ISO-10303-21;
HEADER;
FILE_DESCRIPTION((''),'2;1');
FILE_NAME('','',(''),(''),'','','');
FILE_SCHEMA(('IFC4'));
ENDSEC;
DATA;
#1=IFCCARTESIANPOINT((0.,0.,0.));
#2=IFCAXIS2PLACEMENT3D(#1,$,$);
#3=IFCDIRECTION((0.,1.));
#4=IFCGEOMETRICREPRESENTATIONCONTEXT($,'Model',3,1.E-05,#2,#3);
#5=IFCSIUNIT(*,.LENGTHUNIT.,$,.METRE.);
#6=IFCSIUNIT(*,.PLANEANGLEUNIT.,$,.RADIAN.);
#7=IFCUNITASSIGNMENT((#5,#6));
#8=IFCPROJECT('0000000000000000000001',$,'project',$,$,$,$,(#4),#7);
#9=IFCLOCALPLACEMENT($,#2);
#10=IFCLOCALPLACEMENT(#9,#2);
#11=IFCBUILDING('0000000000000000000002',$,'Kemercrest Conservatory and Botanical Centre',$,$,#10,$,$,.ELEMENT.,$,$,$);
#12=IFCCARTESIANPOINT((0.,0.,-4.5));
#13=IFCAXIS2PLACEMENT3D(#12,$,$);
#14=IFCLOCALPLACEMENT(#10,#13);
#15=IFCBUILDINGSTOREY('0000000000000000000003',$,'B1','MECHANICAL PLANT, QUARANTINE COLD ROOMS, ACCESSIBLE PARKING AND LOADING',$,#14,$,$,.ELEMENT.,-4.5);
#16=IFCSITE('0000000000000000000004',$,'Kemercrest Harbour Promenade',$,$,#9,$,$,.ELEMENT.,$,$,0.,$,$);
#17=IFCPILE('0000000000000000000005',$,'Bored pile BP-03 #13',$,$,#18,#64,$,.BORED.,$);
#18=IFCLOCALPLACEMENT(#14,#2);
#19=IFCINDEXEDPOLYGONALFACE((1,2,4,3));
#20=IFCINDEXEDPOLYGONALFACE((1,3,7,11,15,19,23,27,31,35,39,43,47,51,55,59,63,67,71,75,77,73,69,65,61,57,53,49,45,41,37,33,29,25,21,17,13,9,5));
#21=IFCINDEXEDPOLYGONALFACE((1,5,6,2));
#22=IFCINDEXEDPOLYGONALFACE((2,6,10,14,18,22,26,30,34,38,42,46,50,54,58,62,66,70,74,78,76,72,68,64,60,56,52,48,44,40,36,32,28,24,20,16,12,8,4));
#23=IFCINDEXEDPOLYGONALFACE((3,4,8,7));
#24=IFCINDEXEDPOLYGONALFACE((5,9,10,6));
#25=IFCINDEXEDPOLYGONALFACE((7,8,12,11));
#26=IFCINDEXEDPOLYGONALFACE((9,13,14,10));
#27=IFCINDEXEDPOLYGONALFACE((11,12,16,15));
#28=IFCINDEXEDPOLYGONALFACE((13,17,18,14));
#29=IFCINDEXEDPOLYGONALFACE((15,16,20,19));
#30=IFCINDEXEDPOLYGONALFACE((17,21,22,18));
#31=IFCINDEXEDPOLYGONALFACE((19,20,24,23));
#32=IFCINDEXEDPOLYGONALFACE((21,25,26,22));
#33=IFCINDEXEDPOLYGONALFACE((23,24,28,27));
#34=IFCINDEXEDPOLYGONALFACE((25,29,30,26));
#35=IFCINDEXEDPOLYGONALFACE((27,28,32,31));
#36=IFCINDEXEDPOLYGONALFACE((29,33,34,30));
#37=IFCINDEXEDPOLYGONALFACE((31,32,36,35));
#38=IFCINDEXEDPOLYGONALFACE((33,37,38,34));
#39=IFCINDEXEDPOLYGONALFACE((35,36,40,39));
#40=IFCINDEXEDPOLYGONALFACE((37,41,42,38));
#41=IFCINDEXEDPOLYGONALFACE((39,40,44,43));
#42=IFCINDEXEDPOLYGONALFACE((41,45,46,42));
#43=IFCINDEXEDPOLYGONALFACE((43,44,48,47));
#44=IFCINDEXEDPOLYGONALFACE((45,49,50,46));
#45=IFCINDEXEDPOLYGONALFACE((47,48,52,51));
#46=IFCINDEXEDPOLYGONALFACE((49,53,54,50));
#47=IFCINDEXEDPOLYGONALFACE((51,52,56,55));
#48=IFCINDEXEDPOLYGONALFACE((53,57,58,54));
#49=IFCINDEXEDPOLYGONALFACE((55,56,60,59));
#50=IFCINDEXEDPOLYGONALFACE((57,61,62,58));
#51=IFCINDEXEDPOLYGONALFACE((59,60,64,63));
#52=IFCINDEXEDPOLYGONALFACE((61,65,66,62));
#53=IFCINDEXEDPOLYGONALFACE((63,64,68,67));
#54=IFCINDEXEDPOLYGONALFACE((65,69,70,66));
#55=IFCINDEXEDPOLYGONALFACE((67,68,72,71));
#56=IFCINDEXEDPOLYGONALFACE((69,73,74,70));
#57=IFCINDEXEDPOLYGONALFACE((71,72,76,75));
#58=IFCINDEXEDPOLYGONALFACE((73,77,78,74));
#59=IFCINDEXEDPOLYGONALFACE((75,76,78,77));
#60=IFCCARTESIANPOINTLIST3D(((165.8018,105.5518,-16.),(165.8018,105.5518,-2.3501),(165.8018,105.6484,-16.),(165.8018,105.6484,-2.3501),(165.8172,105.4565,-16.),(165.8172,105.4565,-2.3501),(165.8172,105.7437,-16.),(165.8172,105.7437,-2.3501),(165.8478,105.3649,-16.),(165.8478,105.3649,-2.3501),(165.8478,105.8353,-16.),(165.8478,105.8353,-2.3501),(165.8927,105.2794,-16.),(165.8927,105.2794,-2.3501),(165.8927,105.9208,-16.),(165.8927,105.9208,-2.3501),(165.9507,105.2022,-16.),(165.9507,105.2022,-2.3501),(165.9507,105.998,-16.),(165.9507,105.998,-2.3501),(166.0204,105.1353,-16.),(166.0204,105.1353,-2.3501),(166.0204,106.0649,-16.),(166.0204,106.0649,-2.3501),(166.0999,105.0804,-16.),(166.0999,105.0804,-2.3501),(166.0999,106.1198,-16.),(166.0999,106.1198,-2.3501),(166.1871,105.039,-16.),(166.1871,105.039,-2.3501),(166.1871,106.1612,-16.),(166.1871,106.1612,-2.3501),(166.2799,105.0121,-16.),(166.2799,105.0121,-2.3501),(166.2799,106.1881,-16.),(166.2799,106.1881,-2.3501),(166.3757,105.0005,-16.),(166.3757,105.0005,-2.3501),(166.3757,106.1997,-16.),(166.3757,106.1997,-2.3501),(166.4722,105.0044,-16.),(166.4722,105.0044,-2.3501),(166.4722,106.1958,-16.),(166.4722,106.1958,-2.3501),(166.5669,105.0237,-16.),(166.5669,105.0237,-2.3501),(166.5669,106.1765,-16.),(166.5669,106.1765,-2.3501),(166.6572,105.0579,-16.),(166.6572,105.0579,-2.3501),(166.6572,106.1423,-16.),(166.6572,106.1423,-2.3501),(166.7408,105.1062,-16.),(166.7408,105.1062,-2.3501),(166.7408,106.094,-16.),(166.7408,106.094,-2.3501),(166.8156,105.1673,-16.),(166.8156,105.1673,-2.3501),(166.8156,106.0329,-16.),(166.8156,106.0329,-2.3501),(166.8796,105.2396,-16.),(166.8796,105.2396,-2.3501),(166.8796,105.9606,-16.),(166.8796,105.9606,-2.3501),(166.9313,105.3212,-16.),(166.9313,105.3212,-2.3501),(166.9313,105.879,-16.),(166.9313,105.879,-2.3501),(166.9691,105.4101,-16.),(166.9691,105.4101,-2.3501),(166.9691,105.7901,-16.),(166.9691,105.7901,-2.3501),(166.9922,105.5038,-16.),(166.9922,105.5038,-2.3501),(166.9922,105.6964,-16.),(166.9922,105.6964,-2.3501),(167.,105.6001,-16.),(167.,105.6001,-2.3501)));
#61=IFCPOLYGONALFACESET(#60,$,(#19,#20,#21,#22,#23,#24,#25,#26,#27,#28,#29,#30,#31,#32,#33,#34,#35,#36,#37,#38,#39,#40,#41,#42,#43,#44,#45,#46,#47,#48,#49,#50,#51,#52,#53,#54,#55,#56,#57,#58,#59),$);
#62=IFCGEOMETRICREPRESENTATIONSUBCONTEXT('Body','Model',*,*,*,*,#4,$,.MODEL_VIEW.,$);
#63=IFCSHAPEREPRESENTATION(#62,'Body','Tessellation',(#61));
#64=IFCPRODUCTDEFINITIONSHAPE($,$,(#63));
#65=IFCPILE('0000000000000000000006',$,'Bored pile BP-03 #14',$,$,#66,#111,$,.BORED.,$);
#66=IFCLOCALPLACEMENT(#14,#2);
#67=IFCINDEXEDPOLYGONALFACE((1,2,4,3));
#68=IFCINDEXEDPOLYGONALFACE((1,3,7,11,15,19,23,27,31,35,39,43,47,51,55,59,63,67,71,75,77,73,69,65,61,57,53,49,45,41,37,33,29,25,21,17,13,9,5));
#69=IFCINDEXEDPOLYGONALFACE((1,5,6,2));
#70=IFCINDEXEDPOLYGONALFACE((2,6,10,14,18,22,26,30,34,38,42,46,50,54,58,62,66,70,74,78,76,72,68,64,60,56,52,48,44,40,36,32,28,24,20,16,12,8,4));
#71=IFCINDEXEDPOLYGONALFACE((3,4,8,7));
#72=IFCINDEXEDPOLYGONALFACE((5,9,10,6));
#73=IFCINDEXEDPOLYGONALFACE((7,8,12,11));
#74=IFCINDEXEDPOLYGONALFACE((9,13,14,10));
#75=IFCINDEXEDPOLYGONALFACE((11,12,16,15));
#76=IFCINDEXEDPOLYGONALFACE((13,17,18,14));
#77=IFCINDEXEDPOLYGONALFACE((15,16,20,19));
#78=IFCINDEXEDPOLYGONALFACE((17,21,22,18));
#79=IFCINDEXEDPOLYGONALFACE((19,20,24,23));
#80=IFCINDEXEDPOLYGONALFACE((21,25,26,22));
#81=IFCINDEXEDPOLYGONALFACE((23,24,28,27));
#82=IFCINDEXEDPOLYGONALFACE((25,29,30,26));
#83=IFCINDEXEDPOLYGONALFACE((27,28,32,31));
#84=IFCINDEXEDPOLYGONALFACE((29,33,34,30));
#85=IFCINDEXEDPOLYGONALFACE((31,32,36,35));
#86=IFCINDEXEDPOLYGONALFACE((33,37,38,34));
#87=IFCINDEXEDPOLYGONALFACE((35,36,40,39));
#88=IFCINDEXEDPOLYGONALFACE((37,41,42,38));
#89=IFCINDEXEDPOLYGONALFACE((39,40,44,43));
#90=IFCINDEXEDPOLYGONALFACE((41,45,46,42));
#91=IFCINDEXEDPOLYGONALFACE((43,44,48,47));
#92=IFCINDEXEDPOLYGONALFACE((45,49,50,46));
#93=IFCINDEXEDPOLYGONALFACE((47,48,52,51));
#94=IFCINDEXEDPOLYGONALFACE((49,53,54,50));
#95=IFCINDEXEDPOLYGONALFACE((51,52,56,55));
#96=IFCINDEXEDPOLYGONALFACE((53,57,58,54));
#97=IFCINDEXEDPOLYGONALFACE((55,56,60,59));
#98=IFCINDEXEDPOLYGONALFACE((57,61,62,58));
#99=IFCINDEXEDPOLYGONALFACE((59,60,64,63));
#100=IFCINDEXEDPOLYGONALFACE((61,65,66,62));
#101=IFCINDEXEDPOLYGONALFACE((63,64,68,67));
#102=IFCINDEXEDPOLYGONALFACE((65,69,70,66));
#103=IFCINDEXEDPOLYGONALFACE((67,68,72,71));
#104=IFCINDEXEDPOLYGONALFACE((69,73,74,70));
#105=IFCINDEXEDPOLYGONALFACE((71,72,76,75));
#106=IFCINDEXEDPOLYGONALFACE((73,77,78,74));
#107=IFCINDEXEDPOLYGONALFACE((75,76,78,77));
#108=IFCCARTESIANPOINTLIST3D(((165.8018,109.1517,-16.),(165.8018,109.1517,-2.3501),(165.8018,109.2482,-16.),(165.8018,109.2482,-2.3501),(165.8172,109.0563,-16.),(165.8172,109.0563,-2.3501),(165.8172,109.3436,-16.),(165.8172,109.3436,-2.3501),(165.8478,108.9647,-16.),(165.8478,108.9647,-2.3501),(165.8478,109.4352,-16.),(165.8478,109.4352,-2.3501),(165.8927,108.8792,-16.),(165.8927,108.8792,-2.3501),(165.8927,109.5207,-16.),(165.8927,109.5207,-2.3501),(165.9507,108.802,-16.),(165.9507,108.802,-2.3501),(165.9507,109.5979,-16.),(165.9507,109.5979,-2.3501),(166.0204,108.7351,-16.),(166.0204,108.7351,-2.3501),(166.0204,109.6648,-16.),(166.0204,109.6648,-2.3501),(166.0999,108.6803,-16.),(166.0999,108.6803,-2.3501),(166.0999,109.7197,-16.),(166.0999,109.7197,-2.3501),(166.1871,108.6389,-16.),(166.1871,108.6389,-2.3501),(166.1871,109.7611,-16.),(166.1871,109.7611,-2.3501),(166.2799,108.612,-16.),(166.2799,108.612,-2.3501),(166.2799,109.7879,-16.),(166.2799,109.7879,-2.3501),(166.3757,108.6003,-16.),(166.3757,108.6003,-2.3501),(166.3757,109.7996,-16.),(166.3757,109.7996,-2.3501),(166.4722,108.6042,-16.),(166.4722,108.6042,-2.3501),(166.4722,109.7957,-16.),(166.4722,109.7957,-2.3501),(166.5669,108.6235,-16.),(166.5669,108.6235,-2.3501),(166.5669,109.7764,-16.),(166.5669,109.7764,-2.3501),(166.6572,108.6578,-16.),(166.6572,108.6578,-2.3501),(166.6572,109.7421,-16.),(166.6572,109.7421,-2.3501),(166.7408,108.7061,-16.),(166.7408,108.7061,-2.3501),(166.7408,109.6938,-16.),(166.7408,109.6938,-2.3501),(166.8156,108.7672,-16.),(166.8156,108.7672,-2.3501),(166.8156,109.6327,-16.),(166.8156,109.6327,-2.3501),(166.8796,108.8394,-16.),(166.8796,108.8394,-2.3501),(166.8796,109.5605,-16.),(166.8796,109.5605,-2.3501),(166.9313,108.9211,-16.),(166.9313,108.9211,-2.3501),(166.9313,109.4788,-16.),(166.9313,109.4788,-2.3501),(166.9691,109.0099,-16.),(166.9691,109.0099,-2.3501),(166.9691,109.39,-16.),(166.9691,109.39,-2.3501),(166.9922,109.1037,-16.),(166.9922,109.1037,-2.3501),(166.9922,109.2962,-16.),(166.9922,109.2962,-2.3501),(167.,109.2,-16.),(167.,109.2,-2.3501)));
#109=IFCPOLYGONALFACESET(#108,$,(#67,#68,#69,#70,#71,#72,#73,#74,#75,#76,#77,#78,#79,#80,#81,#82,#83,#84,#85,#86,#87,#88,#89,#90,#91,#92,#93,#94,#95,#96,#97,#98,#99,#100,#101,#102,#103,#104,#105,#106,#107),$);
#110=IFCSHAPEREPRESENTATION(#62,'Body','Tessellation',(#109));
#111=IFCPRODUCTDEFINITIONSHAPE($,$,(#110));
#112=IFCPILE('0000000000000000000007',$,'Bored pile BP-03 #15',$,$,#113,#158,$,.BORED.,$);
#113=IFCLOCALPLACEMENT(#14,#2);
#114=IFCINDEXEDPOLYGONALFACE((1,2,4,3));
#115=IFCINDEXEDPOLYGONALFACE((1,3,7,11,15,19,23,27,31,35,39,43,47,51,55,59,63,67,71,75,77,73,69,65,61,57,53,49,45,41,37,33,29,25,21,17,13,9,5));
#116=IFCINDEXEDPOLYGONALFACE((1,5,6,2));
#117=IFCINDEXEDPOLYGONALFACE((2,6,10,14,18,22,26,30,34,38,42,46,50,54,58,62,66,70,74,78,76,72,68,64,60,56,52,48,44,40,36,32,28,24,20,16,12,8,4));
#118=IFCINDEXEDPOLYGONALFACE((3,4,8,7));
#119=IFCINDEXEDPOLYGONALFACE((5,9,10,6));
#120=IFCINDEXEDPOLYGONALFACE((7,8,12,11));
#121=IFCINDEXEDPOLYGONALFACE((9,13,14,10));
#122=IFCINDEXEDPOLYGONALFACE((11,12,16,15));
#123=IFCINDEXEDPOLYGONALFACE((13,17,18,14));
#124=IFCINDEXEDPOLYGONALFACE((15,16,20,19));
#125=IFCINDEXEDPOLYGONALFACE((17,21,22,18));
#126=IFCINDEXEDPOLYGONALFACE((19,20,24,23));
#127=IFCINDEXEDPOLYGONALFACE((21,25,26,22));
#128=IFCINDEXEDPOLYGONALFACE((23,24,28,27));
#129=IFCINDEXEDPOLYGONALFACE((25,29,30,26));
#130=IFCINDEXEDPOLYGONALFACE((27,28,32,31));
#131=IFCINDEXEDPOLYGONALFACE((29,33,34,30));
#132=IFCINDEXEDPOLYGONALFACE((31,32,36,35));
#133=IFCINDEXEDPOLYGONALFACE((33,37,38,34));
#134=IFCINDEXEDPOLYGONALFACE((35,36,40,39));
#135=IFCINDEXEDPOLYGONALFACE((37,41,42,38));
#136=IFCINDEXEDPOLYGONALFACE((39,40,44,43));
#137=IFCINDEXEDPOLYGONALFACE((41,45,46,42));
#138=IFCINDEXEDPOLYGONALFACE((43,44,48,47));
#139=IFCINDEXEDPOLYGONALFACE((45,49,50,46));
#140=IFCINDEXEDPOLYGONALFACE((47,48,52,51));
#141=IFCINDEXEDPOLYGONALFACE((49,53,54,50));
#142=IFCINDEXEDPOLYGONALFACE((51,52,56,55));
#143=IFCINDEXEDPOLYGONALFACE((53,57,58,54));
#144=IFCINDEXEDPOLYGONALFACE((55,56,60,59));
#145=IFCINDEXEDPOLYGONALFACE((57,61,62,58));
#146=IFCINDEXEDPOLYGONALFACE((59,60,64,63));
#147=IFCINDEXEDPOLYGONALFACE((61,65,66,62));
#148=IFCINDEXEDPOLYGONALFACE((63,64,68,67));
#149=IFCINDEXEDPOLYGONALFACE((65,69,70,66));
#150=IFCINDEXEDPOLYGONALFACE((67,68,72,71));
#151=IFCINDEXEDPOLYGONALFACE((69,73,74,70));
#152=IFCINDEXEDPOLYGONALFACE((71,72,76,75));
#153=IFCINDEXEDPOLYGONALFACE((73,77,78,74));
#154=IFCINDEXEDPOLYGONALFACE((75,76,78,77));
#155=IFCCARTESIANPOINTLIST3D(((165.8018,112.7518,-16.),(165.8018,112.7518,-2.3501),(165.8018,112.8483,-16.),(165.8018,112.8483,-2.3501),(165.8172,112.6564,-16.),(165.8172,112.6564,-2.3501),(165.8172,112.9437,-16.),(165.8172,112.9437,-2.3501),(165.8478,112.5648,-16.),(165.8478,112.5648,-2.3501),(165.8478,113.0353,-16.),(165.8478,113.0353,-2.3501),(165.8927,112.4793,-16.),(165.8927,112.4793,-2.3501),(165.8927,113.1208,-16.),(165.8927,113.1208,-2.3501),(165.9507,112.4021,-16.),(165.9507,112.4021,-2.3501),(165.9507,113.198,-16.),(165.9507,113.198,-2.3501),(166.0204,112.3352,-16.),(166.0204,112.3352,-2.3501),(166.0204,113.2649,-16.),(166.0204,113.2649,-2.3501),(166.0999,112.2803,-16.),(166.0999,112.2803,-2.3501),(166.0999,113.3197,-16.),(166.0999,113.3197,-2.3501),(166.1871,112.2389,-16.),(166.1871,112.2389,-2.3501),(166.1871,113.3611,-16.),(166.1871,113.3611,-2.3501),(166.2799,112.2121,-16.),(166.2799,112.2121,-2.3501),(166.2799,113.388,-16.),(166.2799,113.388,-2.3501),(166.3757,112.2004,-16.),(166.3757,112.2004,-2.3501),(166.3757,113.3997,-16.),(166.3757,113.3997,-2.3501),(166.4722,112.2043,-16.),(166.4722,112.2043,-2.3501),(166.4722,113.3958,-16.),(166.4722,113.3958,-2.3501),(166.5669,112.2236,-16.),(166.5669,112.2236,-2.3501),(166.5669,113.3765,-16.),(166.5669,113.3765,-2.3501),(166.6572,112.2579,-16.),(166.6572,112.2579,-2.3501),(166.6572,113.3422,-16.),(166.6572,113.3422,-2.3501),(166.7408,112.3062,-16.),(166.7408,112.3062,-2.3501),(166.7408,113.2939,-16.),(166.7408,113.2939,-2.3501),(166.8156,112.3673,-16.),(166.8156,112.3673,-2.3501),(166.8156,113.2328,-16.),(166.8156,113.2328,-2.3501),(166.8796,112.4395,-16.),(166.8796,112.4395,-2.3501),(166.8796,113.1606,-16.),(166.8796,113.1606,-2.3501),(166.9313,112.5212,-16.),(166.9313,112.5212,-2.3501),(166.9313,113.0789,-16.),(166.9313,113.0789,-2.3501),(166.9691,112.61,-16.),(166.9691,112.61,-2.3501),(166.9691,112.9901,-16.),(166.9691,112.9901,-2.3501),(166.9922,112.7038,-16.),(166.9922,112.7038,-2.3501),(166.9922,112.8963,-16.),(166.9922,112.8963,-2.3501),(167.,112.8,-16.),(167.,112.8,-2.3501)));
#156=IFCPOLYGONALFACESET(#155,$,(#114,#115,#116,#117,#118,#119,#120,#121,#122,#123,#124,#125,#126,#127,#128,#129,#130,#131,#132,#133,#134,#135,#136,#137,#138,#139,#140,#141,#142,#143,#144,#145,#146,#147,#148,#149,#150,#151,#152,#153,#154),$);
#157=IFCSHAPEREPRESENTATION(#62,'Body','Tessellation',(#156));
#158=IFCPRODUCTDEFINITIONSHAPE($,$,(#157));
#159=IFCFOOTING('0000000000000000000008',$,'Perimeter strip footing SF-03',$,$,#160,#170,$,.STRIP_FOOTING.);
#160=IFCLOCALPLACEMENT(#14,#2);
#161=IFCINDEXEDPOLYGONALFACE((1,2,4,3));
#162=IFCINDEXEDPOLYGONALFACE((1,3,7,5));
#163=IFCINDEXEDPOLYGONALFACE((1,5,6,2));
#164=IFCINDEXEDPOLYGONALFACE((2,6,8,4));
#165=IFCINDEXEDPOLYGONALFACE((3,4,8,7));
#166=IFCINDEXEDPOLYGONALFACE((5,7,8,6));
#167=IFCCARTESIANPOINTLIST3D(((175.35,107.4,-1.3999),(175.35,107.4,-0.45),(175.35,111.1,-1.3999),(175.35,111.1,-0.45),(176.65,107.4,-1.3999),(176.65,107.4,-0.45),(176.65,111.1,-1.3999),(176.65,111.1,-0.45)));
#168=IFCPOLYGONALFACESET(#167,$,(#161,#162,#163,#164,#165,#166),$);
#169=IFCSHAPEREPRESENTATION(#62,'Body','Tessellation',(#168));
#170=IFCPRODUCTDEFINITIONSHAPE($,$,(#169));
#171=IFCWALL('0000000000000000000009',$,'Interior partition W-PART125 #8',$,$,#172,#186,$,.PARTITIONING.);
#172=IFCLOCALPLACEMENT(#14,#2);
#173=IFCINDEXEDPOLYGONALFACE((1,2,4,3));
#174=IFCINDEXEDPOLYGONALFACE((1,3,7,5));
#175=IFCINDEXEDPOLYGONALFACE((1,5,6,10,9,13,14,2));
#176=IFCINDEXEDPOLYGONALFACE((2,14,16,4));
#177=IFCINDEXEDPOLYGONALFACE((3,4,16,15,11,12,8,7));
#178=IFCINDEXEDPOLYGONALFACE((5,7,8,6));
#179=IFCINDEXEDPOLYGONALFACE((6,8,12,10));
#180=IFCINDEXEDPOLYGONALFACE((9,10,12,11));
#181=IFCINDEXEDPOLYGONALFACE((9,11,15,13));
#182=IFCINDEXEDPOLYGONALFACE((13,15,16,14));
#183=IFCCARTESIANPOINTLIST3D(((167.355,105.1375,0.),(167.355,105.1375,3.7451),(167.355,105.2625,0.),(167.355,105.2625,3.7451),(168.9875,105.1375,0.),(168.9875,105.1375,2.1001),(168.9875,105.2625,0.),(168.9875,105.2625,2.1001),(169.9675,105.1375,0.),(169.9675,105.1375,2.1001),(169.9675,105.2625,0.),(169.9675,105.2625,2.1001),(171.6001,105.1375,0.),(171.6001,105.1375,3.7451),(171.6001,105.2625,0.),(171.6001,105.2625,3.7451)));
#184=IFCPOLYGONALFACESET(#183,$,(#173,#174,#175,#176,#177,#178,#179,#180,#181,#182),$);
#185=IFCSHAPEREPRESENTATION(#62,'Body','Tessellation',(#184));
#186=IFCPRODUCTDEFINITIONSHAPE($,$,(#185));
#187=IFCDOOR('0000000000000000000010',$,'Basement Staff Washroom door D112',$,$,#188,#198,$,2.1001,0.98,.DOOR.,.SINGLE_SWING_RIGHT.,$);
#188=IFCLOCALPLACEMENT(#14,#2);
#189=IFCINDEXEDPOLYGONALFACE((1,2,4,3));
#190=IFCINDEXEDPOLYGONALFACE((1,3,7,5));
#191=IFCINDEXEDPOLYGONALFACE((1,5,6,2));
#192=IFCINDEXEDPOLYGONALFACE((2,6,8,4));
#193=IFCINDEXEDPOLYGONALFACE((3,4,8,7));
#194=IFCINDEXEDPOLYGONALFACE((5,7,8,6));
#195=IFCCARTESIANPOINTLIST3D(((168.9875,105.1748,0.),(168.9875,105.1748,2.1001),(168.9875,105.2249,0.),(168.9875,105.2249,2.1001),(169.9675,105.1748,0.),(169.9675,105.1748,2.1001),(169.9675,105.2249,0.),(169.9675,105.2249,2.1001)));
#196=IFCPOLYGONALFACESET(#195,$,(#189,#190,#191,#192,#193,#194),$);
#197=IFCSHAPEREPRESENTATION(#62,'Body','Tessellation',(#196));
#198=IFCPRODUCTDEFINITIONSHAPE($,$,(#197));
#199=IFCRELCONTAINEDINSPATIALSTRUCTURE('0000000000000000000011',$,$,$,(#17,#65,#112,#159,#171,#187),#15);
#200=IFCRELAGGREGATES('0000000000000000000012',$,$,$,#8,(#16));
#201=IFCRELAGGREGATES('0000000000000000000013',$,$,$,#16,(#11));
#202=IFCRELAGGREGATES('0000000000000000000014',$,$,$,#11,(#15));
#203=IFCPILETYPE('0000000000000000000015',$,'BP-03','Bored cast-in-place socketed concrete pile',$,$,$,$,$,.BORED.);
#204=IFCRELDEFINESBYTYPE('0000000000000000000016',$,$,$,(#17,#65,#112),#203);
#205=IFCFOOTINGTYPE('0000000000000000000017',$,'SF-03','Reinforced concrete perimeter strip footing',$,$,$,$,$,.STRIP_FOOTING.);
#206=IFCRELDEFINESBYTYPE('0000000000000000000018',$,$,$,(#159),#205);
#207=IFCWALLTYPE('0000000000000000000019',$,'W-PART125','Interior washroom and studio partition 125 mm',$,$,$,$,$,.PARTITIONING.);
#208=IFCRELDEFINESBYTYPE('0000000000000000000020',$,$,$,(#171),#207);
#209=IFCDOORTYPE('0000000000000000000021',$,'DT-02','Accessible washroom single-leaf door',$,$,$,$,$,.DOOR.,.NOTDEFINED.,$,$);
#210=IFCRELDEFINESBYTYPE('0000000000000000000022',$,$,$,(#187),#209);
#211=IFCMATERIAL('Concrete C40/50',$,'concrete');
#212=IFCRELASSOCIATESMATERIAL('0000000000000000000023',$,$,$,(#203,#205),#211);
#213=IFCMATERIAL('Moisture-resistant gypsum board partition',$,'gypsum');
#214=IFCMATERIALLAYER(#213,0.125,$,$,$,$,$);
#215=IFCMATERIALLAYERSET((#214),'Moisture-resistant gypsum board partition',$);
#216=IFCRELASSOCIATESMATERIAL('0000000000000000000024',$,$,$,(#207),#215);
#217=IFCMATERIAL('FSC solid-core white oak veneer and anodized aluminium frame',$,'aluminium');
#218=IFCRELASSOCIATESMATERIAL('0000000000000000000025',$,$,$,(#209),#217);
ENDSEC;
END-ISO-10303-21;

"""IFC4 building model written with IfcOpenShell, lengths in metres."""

from ifc_helpers import new_model, si_unit, direction, frame, frame_2d, origin, origin_2d, place, context, subcontext, project, spatial, rectangle, circle, extrude, material, layer, layer_set, material_profile, profile_set, type_object, element, fill, save


model = new_model("IFC4")

# Units and contexts
model_context = context("Model", 3, precision=1e-05, world=origin(), true_north=direction((0.0, 1.0)))
body_context = subcontext(model_context, "Body", "Model", "MODEL_VIEW")
ifc_project = project(units=[si_unit("LENGTHUNIT", "METRE"), si_unit("PLANEANGLEUNIT", "RADIAN")], contexts=[model_context])

# Site, building, storey
site_placement = place(None, origin())
site = spatial("IfcSite", under=ifc_project, at=site_placement, Name="Kemercrest Harbour Promenade", CompositionType="ELEMENT", RefElevation=0.0)
building_placement = place(site_placement, origin())
building = spatial("IfcBuilding", under=site, at=building_placement, Name="Kemercrest Conservatory and Botanical Centre", CompositionType="ELEMENT")
storey_placement = place(building_placement, frame((0.0, 0.0, -4.5)))
storey = spatial("IfcBuildingStorey", under=building, at=storey_placement, Name="B1", Description="MECHANICAL PLANT, QUARANTINE COLD ROOMS, ACCESSIBLE PARKING AND LOADING", CompositionType="ELEMENT", Elevation=-4.5)

# Piles
ifc_material_1 = material(Name="Concrete C40/50", Category="concrete")
ifc_material_profile_1 = material_profile(ifc_material_1, circle(Radius=0.6001, at=origin_2d()), Name="BORED PILE 1200")
ifc_profile_set_1 = profile_set([ifc_material_profile_1], Name="Concrete C40/50")
pile_type_1 = type_object("IfcPileType", Name="BP-03", Description="Bored cast-in-place socketed concrete pile", PredefinedType="BORED", material=ifc_profile_set_1)
for number, where, z_axis, x_axis, name in (
    (1, (166.3999, 105.6001, -2.3501), (0.0, 0.0, -1.0), (1.0, 0.0, 0.0), "Bored pile BP-03 #13"),
    (2, (166.3999, 109.2, -2.3501), (0.0, 0.0, -1.0), (1.0, 0.0, 0.0), "Bored pile BP-03 #14"),
    (3, (166.3999, 112.8, -2.3501), (0.0, 0.0, -1.0), (1.0, 0.0, 0.0), "Bored pile BP-03 #15"),
):
    element("IfcPile", number, at=place(storey_placement, frame(where, z_axis=z_axis, x_axis=x_axis)), inside=storey, type_object=pile_type_1, Name=name, PredefinedType="BORED", context=body_context, shape_type="SweptSolid", body=[
        extrude(circle(Radius=0.6001, at=origin_2d()), origin(), (0.0, 0.0, 1.0), 13.6499),
    ])

# Footing
footing_type = type_object("IfcFootingType", Name="SF-03", Description="Reinforced concrete perimeter strip footing", PredefinedType="STRIP_FOOTING", material=ifc_material_1)
footing_placement = place(storey_placement, frame((176.0, 109.25, -1.3999), z_axis=(0.0, 0.0, 1.0), x_axis=(1.0, 0.0, 0.0)))
element("IfcFooting", 4, at=footing_placement, inside=storey, type_object=footing_type, Name="Perimeter strip footing SF-03", PredefinedType="STRIP_FOOTING", context=body_context, shape_type="SweptSolid", body=[
    extrude(rectangle(XDim=1.3, YDim=3.7, at=origin_2d()), origin(), (0.0, 0.0, 1.0), 0.95),
])

# Wall, opening, door
ifc_material_2 = material(Name="Moisture-resistant gypsum board partition", Category="gypsum")
ifc_layer = layer(ifc_material_2, 0.125)
ifc_layer_set = layer_set([ifc_layer], Name="Moisture-resistant gypsum board partition")
wall_type = type_object("IfcWallType", Name="W-PART125", Description="Interior washroom and studio partition 125 mm", PredefinedType="PARTITIONING", material=ifc_layer_set)
wall_1_placement = place(storey_placement, frame((167.355, 105.2, 0.0), z_axis=(0.0, 0.0, 1.0), x_axis=(1.0, 0.0, 0.0)))
wall_1 = element("IfcWall", 5, at=wall_1_placement, inside=storey, type_object=wall_type, Name="Interior partition W-PART125 #8", PredefinedType="PARTITIONING", context=body_context, shape_type="SweptSolid", body=[
    extrude(rectangle(XDim=4.2451, YDim=0.125, at=frame_2d((2.1226, 0.0))), origin(), (0.0, 0.0, 1.0), 3.7451),
])
opening_1_placement = place(wall_1_placement, frame((1.6326, 0.0, 0.0)))
opening_1 = element("IfcOpeningElement", 6, at=opening_1_placement, cuts=wall_1, PredefinedType="OPENING", context=body_context, shape_type="SweptSolid", body=[
    extrude(rectangle(XDim=0.98, YDim=2.1001, at=frame_2d((0.49, 1.05))), frame((0.0, 0.0725, 0.0), z_axis=(0.0, -1.0, 0.0), x_axis=(1.0, 0.0, 0.0)), (0.0, 0.0, 1.0), 0.145),
])
ifc_material_3 = material(Name="FSC solid-core white oak veneer and anodized aluminium frame", Category="aluminium")
door_type = type_object("IfcDoorType", Name="DT-02", Description="Accessible washroom single-leaf door", OperationType="NOTDEFINED", PredefinedType="DOOR", material=ifc_material_3)
door_1_placement = place(opening_1_placement, origin())
door_1 = element("IfcDoor", 7, at=door_1_placement, inside=storey, type_object=door_type, Name="Basement Staff Washroom door D112", OperationType="SINGLE_SWING_RIGHT", OverallHeight=2.1001, OverallWidth=0.98, PredefinedType="DOOR", context=body_context, shape_type="SweptSolid", body=[
    extrude(rectangle(XDim=0.98, YDim=2.1001, at=frame_2d((0.49, 1.05))), frame((0.0, 0.0249, 0.0), z_axis=(0.0, -1.0, 0.0), x_axis=(1.0, 0.0, 0.0)), (0.0, 0.0, 1.0), 0.05),
])
fill(opening_1, door_1)

save(model, "model.ifc")
